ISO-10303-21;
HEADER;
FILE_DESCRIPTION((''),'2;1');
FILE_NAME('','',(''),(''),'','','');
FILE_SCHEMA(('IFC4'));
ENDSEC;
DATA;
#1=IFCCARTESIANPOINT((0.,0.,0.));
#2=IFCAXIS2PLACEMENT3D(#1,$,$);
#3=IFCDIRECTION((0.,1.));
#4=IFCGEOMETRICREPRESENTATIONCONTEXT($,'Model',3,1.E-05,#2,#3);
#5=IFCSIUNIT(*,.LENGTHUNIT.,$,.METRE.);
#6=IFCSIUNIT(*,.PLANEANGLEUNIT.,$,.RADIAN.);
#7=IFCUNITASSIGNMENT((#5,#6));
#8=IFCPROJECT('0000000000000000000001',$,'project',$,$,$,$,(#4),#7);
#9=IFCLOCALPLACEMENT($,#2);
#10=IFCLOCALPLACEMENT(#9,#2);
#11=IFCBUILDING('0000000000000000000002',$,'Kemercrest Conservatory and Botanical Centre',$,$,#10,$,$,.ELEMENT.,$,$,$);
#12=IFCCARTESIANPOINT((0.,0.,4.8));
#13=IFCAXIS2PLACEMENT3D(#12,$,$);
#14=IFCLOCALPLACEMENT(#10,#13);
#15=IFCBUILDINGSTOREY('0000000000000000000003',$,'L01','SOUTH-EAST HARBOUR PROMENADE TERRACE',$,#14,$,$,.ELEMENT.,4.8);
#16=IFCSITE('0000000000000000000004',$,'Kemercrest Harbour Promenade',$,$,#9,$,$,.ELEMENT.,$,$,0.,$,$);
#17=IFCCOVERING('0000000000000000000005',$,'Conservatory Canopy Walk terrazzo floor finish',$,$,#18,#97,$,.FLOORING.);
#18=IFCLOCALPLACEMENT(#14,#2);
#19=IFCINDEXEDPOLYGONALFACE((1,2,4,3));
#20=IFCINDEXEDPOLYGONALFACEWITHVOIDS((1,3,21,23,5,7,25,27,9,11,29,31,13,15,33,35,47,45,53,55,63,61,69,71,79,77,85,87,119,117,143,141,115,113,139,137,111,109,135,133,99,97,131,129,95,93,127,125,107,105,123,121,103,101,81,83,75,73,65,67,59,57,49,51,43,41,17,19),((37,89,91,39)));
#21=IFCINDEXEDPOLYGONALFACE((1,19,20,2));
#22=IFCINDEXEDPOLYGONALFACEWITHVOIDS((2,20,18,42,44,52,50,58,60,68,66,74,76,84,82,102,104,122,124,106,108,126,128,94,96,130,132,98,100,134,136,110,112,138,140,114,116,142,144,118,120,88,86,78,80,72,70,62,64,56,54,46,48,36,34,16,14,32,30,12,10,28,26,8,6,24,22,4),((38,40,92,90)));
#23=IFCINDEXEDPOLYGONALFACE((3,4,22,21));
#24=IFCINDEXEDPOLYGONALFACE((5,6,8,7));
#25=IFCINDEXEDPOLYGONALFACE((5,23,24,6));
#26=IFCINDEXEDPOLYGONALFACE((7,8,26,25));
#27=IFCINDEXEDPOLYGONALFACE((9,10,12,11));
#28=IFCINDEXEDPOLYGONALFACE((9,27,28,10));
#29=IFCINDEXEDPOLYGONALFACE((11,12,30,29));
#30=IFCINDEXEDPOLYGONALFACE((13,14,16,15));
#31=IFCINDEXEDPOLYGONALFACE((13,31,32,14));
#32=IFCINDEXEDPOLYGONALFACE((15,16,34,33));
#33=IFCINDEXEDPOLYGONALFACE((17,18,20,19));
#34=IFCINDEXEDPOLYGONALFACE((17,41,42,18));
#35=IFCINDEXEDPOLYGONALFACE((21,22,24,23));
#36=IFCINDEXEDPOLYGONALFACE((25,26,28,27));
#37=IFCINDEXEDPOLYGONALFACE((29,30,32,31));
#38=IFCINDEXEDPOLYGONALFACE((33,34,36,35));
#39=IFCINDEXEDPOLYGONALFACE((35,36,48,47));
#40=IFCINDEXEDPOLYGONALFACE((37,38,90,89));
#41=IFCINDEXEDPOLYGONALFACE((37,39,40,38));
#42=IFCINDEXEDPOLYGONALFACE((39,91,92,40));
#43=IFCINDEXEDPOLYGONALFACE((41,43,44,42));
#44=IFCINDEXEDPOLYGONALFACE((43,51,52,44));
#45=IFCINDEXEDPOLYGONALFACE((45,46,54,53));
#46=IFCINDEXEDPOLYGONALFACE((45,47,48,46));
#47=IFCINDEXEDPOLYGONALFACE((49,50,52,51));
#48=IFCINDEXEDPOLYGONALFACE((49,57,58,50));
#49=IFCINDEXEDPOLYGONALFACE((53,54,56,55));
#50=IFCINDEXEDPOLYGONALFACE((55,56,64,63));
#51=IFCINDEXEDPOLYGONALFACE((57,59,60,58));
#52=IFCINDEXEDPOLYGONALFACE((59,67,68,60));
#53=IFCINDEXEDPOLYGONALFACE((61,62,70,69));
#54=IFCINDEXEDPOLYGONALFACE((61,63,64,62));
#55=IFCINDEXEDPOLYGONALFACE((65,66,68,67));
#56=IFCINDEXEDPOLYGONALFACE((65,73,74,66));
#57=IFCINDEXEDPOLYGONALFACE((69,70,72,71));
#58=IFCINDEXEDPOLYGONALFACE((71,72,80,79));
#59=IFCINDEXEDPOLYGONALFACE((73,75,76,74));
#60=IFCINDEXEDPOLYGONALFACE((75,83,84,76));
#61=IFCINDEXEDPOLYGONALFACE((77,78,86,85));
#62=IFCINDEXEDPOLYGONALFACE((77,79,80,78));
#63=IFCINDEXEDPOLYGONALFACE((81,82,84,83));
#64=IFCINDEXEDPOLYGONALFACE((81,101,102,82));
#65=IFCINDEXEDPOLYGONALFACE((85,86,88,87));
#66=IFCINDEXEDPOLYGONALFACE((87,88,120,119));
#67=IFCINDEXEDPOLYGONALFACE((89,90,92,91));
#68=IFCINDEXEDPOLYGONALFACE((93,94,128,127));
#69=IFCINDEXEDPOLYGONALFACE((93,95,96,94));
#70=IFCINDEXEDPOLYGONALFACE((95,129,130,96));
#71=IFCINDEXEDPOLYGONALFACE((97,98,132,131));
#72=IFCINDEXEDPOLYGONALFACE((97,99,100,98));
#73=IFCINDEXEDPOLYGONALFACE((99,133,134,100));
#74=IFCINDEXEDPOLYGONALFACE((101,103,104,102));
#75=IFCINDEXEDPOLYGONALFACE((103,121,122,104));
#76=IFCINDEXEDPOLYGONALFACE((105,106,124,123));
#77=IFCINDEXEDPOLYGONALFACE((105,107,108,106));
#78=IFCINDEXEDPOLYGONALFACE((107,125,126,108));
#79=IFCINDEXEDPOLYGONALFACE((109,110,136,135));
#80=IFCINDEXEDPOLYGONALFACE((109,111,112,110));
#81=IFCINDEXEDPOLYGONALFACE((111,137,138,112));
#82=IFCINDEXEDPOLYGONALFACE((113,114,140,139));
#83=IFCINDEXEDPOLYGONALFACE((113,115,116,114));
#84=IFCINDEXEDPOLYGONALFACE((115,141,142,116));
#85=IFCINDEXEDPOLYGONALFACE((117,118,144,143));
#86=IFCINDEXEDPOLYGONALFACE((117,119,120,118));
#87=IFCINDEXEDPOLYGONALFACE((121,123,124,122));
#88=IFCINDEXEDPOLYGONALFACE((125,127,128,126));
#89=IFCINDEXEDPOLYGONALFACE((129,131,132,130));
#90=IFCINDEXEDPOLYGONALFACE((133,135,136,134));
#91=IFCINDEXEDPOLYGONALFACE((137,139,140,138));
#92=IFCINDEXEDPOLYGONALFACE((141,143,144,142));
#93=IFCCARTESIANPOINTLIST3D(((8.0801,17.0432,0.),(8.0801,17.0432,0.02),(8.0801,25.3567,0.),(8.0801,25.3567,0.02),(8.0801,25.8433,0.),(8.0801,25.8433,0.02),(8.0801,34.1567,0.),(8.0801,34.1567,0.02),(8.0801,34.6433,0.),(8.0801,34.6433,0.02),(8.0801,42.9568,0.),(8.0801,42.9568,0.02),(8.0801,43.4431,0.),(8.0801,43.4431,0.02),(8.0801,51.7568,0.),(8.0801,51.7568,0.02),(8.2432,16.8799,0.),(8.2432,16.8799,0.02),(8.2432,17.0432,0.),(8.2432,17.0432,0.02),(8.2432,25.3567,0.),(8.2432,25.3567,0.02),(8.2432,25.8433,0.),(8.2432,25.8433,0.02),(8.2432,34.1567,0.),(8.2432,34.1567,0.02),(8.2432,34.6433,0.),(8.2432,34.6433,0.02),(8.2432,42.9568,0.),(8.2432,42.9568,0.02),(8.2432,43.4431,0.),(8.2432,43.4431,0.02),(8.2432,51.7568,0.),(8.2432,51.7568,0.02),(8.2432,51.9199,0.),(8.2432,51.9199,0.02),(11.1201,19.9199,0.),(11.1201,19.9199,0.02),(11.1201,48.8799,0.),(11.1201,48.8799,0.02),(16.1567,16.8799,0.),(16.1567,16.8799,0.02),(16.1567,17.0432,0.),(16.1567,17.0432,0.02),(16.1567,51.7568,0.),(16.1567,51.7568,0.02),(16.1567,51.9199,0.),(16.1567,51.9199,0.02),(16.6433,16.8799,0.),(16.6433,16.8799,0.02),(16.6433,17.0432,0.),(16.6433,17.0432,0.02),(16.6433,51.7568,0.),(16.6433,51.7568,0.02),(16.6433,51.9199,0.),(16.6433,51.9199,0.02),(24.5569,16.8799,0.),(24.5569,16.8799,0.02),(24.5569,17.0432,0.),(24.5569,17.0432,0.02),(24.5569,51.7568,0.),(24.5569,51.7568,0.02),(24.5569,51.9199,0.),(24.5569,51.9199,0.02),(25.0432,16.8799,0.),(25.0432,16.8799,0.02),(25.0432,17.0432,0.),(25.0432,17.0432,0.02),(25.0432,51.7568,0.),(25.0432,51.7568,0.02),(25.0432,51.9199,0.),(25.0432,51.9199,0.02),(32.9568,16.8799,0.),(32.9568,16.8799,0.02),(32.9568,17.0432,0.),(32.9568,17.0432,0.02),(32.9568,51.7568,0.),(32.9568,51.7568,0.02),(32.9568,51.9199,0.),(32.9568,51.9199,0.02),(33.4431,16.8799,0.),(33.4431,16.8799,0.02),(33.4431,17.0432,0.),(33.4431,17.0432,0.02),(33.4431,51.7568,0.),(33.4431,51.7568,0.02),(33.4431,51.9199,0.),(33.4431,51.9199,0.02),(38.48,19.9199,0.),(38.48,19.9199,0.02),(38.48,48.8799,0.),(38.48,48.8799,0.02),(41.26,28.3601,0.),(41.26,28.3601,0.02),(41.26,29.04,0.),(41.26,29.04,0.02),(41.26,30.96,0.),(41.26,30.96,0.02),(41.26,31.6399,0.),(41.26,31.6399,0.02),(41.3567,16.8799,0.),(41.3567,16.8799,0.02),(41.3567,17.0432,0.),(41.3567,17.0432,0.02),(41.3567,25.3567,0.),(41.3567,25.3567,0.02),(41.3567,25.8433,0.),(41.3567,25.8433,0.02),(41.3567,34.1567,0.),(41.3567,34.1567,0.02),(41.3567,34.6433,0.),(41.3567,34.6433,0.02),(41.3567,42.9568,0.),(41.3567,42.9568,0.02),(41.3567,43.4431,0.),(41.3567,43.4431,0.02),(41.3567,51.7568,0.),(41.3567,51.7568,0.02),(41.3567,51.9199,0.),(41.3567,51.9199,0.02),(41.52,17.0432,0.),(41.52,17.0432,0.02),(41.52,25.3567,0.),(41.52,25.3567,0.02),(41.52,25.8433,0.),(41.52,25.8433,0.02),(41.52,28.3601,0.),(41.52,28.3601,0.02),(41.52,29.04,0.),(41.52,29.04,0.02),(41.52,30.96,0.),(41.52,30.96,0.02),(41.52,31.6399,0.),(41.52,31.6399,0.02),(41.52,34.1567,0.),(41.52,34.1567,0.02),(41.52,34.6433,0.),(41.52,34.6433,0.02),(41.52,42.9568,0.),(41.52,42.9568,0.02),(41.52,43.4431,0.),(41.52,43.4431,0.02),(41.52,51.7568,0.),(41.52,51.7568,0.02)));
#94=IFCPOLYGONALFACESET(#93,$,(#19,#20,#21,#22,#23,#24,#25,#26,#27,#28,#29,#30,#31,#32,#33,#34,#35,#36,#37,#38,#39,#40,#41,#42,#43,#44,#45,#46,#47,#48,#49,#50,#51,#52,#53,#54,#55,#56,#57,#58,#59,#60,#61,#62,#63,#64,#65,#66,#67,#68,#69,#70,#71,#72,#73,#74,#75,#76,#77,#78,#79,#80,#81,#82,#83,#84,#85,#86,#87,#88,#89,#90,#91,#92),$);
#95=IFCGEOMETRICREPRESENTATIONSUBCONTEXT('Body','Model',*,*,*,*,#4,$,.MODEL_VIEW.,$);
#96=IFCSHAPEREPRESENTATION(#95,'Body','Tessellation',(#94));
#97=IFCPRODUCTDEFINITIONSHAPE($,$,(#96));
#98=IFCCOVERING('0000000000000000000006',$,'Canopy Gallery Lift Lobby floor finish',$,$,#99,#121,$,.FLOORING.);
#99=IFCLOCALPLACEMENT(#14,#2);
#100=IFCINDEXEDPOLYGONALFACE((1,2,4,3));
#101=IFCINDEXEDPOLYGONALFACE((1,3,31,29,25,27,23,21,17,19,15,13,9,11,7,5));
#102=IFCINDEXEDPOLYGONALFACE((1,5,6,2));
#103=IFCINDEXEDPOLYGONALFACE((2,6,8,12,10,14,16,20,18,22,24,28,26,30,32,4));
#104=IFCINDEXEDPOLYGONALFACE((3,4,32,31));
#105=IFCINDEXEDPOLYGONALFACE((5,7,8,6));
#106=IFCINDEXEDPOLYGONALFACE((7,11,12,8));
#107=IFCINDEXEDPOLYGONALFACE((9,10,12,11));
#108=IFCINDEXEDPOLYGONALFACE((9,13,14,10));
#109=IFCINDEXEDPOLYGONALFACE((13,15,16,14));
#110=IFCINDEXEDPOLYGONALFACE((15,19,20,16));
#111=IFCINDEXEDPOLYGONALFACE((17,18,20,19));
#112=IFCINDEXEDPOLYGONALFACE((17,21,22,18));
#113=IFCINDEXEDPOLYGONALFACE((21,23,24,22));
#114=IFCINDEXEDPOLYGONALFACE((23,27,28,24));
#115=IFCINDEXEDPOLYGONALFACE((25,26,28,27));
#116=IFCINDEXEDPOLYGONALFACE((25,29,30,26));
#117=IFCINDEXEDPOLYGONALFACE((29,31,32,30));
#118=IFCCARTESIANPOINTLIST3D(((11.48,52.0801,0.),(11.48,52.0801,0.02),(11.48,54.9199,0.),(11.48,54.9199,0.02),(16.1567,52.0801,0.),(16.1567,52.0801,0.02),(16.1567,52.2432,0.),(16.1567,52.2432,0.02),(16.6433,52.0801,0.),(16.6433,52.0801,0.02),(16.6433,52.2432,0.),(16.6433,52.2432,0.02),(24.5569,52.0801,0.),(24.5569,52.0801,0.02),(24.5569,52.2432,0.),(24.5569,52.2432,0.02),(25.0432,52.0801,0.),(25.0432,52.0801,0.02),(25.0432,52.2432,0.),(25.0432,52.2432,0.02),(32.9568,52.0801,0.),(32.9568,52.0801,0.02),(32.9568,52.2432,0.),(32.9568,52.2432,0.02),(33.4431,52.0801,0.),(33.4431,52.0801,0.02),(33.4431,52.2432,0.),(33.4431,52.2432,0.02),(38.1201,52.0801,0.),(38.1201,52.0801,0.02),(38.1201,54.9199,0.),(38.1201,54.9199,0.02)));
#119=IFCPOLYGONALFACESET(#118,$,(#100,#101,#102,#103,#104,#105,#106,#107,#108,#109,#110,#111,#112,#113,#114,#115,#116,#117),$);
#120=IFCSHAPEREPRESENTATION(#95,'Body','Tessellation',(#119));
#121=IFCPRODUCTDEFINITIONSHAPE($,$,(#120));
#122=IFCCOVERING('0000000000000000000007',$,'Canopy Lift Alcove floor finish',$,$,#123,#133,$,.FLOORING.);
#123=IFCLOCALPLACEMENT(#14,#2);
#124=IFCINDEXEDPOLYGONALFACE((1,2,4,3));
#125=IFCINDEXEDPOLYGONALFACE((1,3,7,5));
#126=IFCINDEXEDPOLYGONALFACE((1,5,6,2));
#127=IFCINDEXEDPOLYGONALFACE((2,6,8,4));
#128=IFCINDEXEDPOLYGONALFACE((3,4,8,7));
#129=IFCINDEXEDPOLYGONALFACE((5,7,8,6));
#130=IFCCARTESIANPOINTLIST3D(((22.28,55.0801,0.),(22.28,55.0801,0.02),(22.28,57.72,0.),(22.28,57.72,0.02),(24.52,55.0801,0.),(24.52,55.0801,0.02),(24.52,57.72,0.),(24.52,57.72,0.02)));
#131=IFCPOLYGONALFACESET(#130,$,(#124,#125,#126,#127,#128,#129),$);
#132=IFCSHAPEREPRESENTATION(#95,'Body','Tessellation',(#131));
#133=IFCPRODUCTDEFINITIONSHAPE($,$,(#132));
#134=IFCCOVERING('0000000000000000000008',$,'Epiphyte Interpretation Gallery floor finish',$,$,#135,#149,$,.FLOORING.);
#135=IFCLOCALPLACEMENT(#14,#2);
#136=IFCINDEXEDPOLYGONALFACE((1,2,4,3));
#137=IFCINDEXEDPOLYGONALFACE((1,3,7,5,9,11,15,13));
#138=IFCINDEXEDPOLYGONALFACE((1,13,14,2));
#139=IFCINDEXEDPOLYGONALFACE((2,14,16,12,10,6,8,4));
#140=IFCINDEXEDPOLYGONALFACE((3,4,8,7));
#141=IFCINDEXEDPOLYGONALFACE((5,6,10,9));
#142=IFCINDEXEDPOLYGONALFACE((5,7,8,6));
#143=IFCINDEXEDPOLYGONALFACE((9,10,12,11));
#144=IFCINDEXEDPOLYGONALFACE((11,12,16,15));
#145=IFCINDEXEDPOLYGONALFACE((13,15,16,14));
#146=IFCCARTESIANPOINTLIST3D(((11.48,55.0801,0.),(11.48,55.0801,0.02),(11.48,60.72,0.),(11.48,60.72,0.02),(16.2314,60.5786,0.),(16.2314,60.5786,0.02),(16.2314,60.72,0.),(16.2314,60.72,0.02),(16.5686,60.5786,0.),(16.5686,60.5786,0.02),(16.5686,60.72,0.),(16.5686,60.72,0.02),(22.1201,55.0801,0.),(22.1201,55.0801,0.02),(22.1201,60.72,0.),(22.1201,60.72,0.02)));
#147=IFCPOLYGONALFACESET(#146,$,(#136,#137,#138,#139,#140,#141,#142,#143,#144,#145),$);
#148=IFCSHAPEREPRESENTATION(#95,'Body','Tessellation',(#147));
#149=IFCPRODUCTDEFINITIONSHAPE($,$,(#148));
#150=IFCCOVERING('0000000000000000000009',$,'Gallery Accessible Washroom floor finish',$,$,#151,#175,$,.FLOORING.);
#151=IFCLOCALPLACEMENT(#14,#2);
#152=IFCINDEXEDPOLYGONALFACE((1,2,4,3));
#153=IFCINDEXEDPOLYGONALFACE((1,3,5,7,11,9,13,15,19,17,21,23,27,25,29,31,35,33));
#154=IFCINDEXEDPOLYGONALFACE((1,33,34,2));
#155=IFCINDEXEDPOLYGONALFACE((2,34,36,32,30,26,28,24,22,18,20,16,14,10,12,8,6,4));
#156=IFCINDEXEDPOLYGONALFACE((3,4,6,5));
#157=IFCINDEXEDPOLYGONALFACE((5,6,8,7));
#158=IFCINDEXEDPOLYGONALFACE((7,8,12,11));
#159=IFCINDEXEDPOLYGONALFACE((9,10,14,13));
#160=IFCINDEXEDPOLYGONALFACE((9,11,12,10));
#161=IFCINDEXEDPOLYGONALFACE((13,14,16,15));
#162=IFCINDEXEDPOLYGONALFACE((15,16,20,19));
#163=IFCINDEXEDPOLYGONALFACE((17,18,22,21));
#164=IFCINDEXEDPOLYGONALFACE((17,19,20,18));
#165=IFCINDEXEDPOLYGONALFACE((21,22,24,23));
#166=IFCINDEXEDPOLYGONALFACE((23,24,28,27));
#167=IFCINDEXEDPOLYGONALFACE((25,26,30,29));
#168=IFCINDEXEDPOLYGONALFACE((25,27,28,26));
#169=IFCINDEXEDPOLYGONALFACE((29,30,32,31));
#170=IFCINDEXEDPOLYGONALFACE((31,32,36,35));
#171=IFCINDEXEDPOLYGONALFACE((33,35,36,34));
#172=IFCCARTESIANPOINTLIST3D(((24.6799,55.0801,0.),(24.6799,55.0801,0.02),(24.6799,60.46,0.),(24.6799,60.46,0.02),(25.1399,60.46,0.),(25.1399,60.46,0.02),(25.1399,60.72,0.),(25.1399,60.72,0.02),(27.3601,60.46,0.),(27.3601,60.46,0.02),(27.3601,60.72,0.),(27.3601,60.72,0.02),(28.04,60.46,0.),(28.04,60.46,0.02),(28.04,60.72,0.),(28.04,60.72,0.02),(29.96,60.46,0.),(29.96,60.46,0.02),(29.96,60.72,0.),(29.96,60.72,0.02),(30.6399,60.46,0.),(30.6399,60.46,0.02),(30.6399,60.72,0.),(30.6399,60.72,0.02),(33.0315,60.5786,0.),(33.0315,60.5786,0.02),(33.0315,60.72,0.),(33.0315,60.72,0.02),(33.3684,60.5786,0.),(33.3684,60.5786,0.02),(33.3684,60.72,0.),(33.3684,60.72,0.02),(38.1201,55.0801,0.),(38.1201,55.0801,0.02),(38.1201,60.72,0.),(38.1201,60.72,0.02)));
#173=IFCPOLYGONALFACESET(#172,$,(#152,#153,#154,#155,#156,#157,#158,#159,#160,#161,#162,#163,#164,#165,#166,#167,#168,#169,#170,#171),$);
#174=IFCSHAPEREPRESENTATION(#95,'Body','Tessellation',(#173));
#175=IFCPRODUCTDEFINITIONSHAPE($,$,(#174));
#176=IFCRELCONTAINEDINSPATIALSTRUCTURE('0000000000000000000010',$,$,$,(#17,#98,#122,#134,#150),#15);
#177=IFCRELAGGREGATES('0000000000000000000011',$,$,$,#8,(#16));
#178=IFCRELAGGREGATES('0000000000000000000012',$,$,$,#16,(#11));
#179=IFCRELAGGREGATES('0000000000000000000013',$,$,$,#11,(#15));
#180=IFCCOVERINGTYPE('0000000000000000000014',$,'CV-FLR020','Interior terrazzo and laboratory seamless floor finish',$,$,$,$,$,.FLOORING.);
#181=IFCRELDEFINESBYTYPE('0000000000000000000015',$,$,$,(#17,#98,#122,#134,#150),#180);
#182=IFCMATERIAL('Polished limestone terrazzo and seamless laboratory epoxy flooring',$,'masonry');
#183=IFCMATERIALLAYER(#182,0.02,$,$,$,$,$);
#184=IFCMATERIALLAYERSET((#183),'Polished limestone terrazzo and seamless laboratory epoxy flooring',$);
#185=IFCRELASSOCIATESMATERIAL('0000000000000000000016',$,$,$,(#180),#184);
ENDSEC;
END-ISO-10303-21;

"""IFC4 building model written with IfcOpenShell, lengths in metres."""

from ifc_helpers import new_model, si_unit, direction, frame, origin, place, context, subcontext, project, spatial, polyline, outline, extrude, material, layer, layer_set, type_object, element, save


model = new_model("IFC4")

# Units and contexts
model_context = context("Model", 3, precision=1e-05, world=origin(), true_north=direction((0.0, 1.0)))
body_context = subcontext(model_context, "Body", "Model", "MODEL_VIEW")
ifc_project = project(units=[si_unit("LENGTHUNIT", "METRE"), si_unit("PLANEANGLEUNIT", "RADIAN")], contexts=[model_context])

# Site, building, storey
site_placement = place(None, origin())
site = spatial("IfcSite", under=ifc_project, at=site_placement, Name="Kemercrest Harbour Promenade", CompositionType="ELEMENT", RefElevation=0.0)
building_placement = place(site_placement, origin())
building = spatial("IfcBuilding", under=site, at=building_placement, Name="Kemercrest Conservatory and Botanical Centre", CompositionType="ELEMENT")
storey_placement = place(building_placement, frame((0.0, 0.0, 4.8)))
storey = spatial("IfcBuildingStorey", under=building, at=storey_placement, Name="L01", Description="SOUTH-EAST HARBOUR PROMENADE TERRACE", CompositionType="ELEMENT", Elevation=4.8)

# Coverings
ifc_material_1 = material(Name="Polished limestone terrazzo and seamless laboratory epoxy flooring", Category="masonry")
ifc_layer_1 = layer(ifc_material_1, 0.02)
ifc_layer_set_1 = layer_set([ifc_layer_1], Name="Polished limestone terrazzo and seamless laboratory epoxy flooring")
covering_type_1 = type_object("IfcCoveringType", Name="CV-FLR020", Description="Interior terrazzo and laboratory seamless floor finish", PredefinedType="FLOORING", material=ifc_layer_set_1)
covering_1_placement = place(storey_placement, origin())
element("IfcCovering", 1, at=covering_1_placement, inside=storey, type_object=covering_type_1, Name="Conservatory Canopy Walk terrazzo floor finish", PredefinedType="FLOORING", context=body_context, shape_type="SweptSolid", body=[
    extrude(outline(polyline([(8.2432, 25.8433), (8.2432, 25.3567), (8.0801, 25.3567), (8.0801, 17.0432), (8.2432, 17.0432), (8.2432, 16.8799), (16.1567, 16.8799), (16.1567, 17.0432), (16.6433, 17.0432), (16.6433, 16.8799), (24.5569, 16.8799), (24.5569, 17.0432), (25.0432, 17.0432), (25.0432, 16.8799), (32.9568, 16.8799), (32.9568, 17.0432), (33.4431, 17.0432), (33.4431, 16.8799), (41.3567, 16.8799), (41.3567, 17.0432), (41.52, 17.0432), (41.52, 25.3567), (41.3567, 25.3567), (41.3567, 25.8433), (41.52, 25.8433), (41.52, 28.3601), (41.26, 28.3601), (41.26, 29.04), (41.52, 29.04), (41.52, 30.96), (41.26, 30.96), (41.26, 31.6399), (41.52, 31.6399), (41.52, 34.1567), (41.3567, 34.1567), (41.3567, 34.6433), (41.52, 34.6433), (41.52, 42.9568), (41.3567, 42.9568), (41.3567, 43.4431), (41.52, 43.4431), (41.52, 51.7568), (41.3567, 51.7568), (41.3567, 51.9199), (33.4431, 51.9199), (33.4431, 51.7568), (32.9568, 51.7568), (32.9568, 51.9199), (25.0432, 51.9199), (25.0432, 51.7568), (24.5569, 51.7568), (24.5569, 51.9199), (16.6433, 51.9199), (16.6433, 51.7568), (16.1567, 51.7568), (16.1567, 51.9199), (8.2432, 51.9199), (8.2432, 51.7568), (8.0801, 51.7568), (8.0801, 43.4431), (8.2432, 43.4431), (8.2432, 42.9568), (8.0801, 42.9568), (8.0801, 34.6433), (8.2432, 34.6433), (8.2432, 34.1567), (8.0801, 34.1567), (8.0801, 25.8433), (8.2432, 25.8433)]), holes=[polyline([(11.1201, 48.8799), (38.48, 48.8799), (38.48, 19.9199), (11.1201, 19.9199), (11.1201, 48.8799)])]), origin(), (0.0, 0.0, 1.0), 0.02),
])
covering_2_placement = place(storey_placement, origin())
element("IfcCovering", 2, at=covering_2_placement, inside=storey, type_object=covering_type_1, Name="Canopy Gallery Lift Lobby floor finish", PredefinedType="FLOORING", context=body_context, shape_type="SweptSolid", body=[
    extrude(outline(polyline([(33.4431, 52.0801), (38.1201, 52.0801), (38.1201, 54.9199), (11.48, 54.9199), (11.48, 52.0801), (16.1567, 52.0801), (16.1567, 52.2432), (16.6433, 52.2432), (16.6433, 52.0801), (24.5569, 52.0801), (24.5569, 52.2432), (25.0432, 52.2432), (25.0432, 52.0801), (32.9568, 52.0801), (32.9568, 52.2432), (33.4431, 52.2432), (33.4431, 52.0801)])), origin(), (0.0, 0.0, 1.0), 0.02),
])
covering_3_placement = place(storey_placement, origin())
element("IfcCovering", 3, at=covering_3_placement, inside=storey, type_object=covering_type_1, Name="Canopy Lift Alcove floor finish", PredefinedType="FLOORING", context=body_context, shape_type="SweptSolid", body=[
    extrude(outline(polyline([(22.28, 55.0801), (24.52, 55.0801), (24.52, 57.72), (22.28, 57.72), (22.28, 55.0801)])), origin(), (0.0, 0.0, 1.0), 0.02),
])
covering_4_placement = place(storey_placement, origin())
element("IfcCovering", 4, at=covering_4_placement, inside=storey, type_object=covering_type_1, Name="Epiphyte Interpretation Gallery floor finish", PredefinedType="FLOORING", context=body_context, shape_type="SweptSolid", body=[
    extrude(outline(polyline([(11.48, 55.0801), (22.1201, 55.0801), (22.1201, 60.72), (16.5686, 60.72), (16.5686, 60.5786), (16.2314, 60.5786), (16.2314, 60.72), (11.48, 60.72), (11.48, 55.0801)])), origin(), (0.0, 0.0, 1.0), 0.02),
])
covering_5_placement = place(storey_placement, origin())
element("IfcCovering", 5, at=covering_5_placement, inside=storey, type_object=covering_type_1, Name="Gallery Accessible Washroom floor finish", PredefinedType="FLOORING", context=body_context, shape_type="SweptSolid", body=[
    extrude(outline(polyline([(24.6799, 55.0801), (38.1201, 55.0801), (38.1201, 60.72), (33.3684, 60.72), (33.3684, 60.5786), (33.0315, 60.5786), (33.0315, 60.72), (30.6399, 60.72), (30.6399, 60.46), (29.96, 60.46), (29.96, 60.72), (28.04, 60.72), (28.04, 60.46), (27.3601, 60.46), (27.3601, 60.72), (25.1399, 60.72), (25.1399, 60.46), (24.6799, 60.46), (24.6799, 55.0801)])), origin(), (0.0, 0.0, 1.0), 0.02),
])

save(model, "model.ifc")
